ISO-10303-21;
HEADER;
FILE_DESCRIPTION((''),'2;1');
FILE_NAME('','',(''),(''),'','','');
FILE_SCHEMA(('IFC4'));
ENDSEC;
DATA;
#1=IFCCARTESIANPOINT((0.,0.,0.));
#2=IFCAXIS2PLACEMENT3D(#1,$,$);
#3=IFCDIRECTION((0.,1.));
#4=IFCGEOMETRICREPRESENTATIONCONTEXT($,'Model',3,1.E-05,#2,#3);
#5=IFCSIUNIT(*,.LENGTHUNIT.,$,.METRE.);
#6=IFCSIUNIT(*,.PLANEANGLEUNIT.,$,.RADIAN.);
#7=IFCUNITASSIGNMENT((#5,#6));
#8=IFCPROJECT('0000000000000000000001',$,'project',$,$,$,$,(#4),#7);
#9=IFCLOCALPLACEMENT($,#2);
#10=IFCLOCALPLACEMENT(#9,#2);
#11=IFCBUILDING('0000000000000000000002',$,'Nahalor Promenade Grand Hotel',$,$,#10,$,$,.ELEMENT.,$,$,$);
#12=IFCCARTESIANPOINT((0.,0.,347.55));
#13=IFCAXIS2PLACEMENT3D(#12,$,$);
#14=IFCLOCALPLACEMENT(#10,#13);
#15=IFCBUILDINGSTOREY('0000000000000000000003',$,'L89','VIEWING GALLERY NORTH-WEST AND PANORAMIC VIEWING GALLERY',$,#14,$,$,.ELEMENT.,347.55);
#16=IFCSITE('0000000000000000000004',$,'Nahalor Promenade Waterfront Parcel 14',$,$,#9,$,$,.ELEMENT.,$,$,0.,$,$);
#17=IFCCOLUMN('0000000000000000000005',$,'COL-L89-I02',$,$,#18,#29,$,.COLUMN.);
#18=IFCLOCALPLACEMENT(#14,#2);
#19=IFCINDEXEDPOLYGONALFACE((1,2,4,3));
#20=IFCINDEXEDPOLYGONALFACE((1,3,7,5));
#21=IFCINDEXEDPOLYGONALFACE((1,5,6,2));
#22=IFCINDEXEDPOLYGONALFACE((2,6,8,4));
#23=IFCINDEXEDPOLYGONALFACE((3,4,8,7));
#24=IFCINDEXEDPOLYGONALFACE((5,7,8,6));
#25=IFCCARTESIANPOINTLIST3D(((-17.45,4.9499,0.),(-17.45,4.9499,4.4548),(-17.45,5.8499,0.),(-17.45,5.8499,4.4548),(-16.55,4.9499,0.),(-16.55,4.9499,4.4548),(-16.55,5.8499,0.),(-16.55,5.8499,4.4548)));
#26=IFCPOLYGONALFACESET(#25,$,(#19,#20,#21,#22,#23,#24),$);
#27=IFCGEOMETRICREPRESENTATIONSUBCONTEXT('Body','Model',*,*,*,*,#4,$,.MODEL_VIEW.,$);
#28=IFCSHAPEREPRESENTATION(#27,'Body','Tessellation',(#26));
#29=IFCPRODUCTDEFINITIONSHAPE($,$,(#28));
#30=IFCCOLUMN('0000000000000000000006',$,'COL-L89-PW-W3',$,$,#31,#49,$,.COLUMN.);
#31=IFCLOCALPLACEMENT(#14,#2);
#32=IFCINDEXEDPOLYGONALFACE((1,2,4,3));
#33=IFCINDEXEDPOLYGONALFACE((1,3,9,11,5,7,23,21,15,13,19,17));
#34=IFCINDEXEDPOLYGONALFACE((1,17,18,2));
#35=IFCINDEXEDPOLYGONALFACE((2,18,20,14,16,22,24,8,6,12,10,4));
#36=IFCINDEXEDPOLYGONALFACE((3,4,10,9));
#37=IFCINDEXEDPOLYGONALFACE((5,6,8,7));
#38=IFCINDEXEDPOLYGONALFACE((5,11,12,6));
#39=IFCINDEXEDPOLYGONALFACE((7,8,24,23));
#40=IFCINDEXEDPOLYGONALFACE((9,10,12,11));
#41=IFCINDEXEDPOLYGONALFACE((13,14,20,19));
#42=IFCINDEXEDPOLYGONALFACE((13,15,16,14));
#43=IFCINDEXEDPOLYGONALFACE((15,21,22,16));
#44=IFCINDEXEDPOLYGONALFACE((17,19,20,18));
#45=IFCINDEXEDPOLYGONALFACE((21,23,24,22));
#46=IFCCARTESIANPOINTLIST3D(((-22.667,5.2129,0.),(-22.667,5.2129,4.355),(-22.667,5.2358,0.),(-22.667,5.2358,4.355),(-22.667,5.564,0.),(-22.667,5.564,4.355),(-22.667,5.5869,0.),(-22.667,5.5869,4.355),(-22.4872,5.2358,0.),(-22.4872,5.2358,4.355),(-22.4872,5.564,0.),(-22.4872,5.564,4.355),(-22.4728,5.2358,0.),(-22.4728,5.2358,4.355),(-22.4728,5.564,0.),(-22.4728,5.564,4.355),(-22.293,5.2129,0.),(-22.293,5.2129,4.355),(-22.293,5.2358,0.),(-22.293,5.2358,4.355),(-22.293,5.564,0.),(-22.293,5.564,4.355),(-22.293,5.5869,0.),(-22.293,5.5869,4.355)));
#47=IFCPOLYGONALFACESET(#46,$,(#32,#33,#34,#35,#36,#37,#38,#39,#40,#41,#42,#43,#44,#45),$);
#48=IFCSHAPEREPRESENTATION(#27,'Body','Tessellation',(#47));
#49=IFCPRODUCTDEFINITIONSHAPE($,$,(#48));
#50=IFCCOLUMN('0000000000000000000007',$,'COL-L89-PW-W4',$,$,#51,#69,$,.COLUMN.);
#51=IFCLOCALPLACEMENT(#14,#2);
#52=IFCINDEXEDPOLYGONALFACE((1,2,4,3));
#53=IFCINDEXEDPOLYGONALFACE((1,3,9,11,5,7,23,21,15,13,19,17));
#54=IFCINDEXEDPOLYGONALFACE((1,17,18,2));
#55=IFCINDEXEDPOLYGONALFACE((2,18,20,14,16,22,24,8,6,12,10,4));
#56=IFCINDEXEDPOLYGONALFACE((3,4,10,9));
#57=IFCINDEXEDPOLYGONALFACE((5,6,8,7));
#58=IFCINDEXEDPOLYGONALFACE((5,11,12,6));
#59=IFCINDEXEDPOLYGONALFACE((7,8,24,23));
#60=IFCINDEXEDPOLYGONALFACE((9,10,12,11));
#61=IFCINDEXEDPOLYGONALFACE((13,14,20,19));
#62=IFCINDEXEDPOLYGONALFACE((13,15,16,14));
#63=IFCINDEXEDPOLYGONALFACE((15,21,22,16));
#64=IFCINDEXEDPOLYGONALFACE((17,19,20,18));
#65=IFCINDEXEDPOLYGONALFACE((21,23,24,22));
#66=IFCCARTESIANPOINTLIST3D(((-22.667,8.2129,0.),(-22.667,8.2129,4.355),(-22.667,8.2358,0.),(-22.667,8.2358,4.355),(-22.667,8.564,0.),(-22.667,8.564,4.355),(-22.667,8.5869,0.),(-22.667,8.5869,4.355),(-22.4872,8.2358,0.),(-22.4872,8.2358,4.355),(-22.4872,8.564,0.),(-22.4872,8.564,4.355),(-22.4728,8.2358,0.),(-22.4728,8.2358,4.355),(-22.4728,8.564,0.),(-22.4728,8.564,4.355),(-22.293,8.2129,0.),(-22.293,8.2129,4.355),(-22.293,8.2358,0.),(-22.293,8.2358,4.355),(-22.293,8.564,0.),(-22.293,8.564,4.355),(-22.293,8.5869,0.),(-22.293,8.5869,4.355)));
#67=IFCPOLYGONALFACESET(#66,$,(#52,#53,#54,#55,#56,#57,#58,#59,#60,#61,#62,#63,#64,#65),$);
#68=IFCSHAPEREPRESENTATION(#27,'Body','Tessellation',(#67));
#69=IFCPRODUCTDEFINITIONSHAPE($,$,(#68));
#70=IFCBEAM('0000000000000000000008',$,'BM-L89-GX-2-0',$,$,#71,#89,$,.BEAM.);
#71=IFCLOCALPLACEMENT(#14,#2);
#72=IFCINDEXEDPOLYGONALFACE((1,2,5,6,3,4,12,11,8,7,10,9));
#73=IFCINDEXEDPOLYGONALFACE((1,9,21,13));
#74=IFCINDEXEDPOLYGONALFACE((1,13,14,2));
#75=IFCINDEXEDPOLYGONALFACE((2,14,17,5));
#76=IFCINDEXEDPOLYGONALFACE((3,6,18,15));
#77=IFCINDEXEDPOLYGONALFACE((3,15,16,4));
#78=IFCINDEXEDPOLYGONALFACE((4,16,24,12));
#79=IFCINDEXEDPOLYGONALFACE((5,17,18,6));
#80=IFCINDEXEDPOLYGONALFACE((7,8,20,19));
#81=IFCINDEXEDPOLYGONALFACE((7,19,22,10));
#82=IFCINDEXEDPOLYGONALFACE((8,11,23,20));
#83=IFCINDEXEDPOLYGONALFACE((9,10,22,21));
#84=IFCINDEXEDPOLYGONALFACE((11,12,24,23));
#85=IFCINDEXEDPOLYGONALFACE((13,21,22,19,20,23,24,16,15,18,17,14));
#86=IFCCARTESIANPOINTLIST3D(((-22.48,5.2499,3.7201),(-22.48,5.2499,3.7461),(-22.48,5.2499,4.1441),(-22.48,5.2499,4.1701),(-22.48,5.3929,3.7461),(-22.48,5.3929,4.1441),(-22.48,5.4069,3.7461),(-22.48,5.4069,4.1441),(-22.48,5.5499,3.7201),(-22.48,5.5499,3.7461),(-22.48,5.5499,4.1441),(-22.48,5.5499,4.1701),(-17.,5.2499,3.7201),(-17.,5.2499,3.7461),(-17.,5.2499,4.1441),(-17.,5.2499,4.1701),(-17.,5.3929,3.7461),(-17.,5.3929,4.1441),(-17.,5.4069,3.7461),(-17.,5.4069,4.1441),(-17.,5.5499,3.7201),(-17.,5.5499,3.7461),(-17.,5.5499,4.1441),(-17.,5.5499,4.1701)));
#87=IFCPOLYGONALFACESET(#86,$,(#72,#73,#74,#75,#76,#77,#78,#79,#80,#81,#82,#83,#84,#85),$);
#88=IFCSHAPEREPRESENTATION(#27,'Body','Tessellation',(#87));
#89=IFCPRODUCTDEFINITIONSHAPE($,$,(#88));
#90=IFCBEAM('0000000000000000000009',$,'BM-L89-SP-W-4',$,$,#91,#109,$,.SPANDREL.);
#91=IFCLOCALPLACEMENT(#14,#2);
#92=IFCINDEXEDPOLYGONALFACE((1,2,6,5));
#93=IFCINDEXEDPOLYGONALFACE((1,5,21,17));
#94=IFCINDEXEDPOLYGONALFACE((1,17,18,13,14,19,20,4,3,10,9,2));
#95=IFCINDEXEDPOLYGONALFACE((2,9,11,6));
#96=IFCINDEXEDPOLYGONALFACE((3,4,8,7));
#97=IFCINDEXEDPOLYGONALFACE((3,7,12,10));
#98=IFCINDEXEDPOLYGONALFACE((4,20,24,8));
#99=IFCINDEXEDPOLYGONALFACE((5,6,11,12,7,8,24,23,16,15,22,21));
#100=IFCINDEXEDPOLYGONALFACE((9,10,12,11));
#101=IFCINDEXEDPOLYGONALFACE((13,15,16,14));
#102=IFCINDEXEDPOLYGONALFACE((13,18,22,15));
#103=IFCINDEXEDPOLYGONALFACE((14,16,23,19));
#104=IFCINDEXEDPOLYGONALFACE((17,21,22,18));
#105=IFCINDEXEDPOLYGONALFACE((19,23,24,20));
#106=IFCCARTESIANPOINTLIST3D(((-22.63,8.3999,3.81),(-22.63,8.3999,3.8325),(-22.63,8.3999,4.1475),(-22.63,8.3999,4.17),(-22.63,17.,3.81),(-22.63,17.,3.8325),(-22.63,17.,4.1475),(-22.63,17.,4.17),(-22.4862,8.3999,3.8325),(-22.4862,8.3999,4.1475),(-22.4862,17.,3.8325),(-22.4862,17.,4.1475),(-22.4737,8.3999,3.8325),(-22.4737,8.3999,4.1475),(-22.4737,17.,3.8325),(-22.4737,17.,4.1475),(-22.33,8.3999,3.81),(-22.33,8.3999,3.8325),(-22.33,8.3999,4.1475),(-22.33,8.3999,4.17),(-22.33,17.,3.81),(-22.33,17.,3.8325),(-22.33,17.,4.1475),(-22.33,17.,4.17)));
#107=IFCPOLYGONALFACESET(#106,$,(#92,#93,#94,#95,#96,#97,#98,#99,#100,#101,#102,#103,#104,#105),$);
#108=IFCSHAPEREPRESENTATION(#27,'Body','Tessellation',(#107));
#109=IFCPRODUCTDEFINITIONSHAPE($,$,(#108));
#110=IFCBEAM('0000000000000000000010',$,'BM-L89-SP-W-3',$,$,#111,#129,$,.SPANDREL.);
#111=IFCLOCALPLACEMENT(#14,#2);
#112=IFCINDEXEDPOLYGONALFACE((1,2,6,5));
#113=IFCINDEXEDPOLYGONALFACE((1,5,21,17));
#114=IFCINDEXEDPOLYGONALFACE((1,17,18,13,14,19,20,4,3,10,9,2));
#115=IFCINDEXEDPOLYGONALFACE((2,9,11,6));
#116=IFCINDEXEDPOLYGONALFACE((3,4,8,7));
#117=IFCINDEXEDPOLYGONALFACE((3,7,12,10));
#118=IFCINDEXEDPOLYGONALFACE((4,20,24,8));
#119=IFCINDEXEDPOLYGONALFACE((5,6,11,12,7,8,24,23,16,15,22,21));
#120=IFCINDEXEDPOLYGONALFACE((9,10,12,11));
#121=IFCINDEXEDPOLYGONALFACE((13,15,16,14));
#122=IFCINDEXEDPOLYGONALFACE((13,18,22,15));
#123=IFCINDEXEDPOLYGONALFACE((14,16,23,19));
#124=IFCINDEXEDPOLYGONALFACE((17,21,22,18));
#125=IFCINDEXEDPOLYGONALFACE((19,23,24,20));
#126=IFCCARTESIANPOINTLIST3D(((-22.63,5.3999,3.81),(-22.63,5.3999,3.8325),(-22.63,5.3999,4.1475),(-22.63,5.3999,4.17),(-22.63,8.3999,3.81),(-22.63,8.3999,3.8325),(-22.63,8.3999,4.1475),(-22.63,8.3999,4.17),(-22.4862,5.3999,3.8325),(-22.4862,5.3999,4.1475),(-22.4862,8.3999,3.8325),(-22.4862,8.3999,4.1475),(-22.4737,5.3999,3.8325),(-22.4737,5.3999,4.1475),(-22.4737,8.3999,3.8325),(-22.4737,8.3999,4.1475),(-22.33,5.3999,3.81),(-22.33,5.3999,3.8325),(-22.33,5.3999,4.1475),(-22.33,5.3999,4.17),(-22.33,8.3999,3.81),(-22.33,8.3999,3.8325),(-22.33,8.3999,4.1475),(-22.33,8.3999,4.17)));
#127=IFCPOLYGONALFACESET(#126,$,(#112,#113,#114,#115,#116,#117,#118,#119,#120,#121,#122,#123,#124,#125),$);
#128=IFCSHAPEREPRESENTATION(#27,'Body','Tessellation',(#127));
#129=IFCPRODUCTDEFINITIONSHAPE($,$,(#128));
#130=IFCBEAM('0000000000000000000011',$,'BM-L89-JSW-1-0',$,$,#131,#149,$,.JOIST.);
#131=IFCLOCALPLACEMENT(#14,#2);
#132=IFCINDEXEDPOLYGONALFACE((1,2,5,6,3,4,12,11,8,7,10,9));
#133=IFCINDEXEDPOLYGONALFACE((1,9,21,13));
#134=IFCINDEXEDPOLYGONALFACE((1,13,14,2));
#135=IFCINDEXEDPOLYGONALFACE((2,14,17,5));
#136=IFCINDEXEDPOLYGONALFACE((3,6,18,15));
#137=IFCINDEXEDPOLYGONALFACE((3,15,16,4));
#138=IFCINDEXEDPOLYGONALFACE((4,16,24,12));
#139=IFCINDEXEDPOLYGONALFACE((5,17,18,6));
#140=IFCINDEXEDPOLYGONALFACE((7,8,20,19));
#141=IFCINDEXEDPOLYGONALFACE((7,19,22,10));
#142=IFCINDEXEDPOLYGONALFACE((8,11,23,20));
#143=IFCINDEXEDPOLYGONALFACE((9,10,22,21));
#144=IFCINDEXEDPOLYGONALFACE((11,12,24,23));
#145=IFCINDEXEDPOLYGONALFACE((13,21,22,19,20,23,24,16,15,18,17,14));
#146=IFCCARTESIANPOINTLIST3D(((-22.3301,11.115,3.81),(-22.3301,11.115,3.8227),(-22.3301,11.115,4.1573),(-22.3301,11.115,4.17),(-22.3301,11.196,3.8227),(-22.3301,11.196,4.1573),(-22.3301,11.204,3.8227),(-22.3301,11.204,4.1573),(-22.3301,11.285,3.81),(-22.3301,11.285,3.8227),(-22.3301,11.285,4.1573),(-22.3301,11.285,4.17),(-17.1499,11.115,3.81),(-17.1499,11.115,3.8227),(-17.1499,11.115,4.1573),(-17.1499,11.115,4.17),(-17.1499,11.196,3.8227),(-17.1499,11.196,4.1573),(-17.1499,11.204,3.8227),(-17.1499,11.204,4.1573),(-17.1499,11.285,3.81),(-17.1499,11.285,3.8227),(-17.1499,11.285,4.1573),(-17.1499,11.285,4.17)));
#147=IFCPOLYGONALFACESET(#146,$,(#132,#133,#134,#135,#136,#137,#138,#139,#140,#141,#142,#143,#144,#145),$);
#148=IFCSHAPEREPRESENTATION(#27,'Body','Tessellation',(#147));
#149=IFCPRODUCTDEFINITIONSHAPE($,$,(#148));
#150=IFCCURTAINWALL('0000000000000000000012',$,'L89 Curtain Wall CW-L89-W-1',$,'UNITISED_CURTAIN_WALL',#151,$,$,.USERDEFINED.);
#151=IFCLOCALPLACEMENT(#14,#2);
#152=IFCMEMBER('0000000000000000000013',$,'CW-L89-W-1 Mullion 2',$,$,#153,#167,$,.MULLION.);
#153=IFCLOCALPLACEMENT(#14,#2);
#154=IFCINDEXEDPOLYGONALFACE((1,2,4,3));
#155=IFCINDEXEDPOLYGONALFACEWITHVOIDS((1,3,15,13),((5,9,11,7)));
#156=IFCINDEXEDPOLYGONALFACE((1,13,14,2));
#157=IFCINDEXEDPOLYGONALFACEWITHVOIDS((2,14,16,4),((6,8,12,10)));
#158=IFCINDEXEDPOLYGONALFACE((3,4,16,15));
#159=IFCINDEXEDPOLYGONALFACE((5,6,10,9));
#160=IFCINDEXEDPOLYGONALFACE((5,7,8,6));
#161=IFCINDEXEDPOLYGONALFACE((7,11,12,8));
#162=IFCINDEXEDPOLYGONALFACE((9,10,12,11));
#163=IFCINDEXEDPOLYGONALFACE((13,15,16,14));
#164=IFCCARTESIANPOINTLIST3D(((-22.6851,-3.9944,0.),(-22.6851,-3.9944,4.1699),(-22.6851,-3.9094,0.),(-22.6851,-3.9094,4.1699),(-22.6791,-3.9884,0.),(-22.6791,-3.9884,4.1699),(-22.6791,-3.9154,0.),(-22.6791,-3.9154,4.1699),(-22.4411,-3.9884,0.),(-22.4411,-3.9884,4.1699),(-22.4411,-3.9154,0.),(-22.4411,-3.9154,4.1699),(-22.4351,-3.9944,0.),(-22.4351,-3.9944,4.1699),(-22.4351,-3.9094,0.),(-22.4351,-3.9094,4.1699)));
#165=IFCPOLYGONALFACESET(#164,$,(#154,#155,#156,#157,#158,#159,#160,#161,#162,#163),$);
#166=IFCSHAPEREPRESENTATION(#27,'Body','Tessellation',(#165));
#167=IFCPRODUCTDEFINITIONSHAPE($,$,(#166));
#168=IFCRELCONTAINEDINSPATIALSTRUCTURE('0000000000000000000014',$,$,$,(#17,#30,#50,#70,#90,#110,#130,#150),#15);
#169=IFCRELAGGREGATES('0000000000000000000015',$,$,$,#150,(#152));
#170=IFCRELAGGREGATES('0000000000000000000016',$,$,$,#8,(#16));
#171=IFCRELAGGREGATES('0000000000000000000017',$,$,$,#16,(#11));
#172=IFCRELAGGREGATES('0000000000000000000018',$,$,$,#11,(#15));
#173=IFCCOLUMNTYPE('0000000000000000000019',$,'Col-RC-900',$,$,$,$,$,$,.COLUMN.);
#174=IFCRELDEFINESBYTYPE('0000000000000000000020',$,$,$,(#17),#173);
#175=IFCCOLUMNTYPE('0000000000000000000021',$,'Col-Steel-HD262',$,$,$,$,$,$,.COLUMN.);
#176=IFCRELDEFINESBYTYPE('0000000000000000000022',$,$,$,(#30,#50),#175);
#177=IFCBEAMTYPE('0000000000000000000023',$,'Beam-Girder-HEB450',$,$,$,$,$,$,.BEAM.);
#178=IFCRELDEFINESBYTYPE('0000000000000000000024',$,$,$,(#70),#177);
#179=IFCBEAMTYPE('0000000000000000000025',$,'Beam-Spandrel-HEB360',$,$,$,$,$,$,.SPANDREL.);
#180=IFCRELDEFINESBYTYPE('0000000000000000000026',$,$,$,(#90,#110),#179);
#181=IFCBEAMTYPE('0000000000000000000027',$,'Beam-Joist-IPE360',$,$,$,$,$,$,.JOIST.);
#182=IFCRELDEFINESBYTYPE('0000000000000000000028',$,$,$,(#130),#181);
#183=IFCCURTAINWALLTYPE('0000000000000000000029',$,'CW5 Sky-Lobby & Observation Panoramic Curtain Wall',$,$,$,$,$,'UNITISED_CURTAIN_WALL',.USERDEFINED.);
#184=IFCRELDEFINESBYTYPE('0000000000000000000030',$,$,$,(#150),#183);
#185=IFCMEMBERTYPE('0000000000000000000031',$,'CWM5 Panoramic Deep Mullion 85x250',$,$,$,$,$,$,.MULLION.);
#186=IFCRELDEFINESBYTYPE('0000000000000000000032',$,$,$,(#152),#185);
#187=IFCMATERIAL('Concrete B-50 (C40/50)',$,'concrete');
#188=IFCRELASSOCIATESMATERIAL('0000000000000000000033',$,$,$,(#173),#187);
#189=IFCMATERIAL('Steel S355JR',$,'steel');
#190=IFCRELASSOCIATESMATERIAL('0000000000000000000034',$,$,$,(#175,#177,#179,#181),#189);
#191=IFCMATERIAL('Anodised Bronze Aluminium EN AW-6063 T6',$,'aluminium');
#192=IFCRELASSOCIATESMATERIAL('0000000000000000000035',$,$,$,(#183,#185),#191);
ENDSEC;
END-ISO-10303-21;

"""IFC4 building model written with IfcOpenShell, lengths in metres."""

from ifc_helpers import new_model, si_unit, direction, frame, origin, origin_2d, place, context, subcontext, project, spatial, rectangle, hollow_rectangle, i_section, extrude, source, transform, mapped, material, material_profile, profile_set, type_object, element, aggregate, save


model = new_model("IFC4")

# Units and contexts
model_context = context("Model", 3, precision=1e-05, world=origin(), true_north=direction((0.0, 1.0)))
body_context = subcontext(model_context, "Body", "Model", "MODEL_VIEW")
ifc_project = project(units=[si_unit("LENGTHUNIT", "METRE"), si_unit("PLANEANGLEUNIT", "RADIAN")], contexts=[model_context])

# Site, building, storey
site_placement = place(None, origin())
site = spatial("IfcSite", under=ifc_project, at=site_placement, Name="Nahalor Promenade Waterfront Parcel 14", CompositionType="ELEMENT", RefElevation=0.0)
building_placement = place(site_placement, origin())
building = spatial("IfcBuilding", under=site, at=building_placement, Name="Nahalor Promenade Grand Hotel", CompositionType="ELEMENT")
storey_placement = place(building_placement, frame((0.0, 0.0, 347.55)))
storey = spatial("IfcBuildingStorey", under=building, at=storey_placement, Name="L89", Description="VIEWING GALLERY NORTH-WEST AND PANORAMIC VIEWING GALLERY", CompositionType="ELEMENT", Elevation=347.55)

# Columns
ifc_material_1 = material(Name="Concrete B-50 (C40/50)", Category="concrete")
ifc_material_profile_1 = material_profile(ifc_material_1, rectangle(XDim=0.9, YDim=0.9, at=origin_2d()), Name="RC 900x900")
ifc_profile_set_1 = profile_set([ifc_material_profile_1], Name="Concrete B-50 (C40/50)")
column_type_1 = type_object("IfcColumnType", Name="Col-RC-900", PredefinedType="COLUMN", material=ifc_profile_set_1)
shared_shape_1 = source(origin(), body_context, "Body", "SweptSolid", [
    extrude(rectangle(XDim=0.9, YDim=0.9, at=origin_2d()), origin(), (0.0, 0.0, 1.0), 4.4548),
])
column_placement = place(storey_placement, frame((-17.0, 5.3999, 0.0), z_axis=(0.0, 0.0, 1.0), x_axis=(1.0, 0.0, 0.0)))
element("IfcColumn", 1, at=column_placement, inside=storey, type_object=column_type_1, Name="COL-L89-I02", PredefinedType="COLUMN", context=body_context, shape_type="MappedRepresentation", body=[
    mapped(shared_shape_1, transform((0.0, 0.0, 0.0), scale=1.0)),
])
ifc_material_2 = material(Name="Steel S355JR", Category="steel")
ifc_material_profile_2 = material_profile(ifc_material_2, i_section(OverallWidth=0.374, OverallDepth=0.374, WebThickness=0.0144, FlangeThickness=0.0229, at=origin_2d()), Name="HD 360x262")
ifc_profile_set_2 = profile_set([ifc_material_profile_2], Name="Steel S355JR")
column_type_2 = type_object("IfcColumnType", Name="Col-Steel-HD262", PredefinedType="COLUMN", material=ifc_profile_set_2)
shared_shape_2 = source(origin(), body_context, "Body", "SweptSolid", [
    extrude(i_section(OverallWidth=0.374, OverallDepth=0.374, WebThickness=0.0144, FlangeThickness=0.0229, at=origin_2d()), origin(), (0.0, 0.0, 1.0), 4.355),
])
for number, where, z_axis, x_axis, name in (
    (2, (-22.48, 5.3999, 0.0), (0.0, 0.0, 1.0), (1.0, 0.0, 0.0), "COL-L89-PW-W3"),
    (3, (-22.48, 8.3999, 0.0), (0.0, 0.0, 1.0), (1.0, 0.0, 0.0), "COL-L89-PW-W4"),
):
    element("IfcColumn", number, at=place(storey_placement, frame(where, z_axis=z_axis, x_axis=x_axis)), inside=storey, type_object=column_type_2, Name=name, PredefinedType="COLUMN", context=body_context, shape_type="MappedRepresentation", body=[
        mapped(shared_shape_2, transform((0.0, 0.0, 0.0), scale=1.0)),
    ])

# Beams
ifc_material_profile_3 = material_profile(ifc_material_2, i_section(OverallWidth=0.3, OverallDepth=0.45, WebThickness=0.014, FlangeThickness=0.026, at=origin_2d()), Name="HEB 450")
ifc_profile_set_3 = profile_set([ifc_material_profile_3], Name="Steel S355JR")
beam_type_1 = type_object("IfcBeamType", Name="Beam-Girder-HEB450", PredefinedType="BEAM", material=ifc_profile_set_3)
shared_shape_3 = source(origin(), body_context, "Body", "SweptSolid", [
    extrude(i_section(OverallWidth=0.3, OverallDepth=0.45, WebThickness=0.014, FlangeThickness=0.026, at=origin_2d()), origin(), (0.0, 0.0, 1.0), 5.48),
])
beam_1_placement = place(storey_placement, frame((-22.48, 5.3999, 3.9451), z_axis=(1.0, 0.0, 0.0), x_axis=(0.0, 1.0, 0.0)))
element("IfcBeam", 4, at=beam_1_placement, inside=storey, type_object=beam_type_1, Name="BM-L89-GX-2-0", PredefinedType="BEAM", context=body_context, shape_type="MappedRepresentation", body=[
    mapped(shared_shape_3, transform((0.0, 0.0, 0.0), scale=1.0)),
])
ifc_material_profile_4 = material_profile(ifc_material_2, i_section(OverallWidth=0.3, OverallDepth=0.36, WebThickness=0.0125, FlangeThickness=0.0225, at=origin_2d()), Name="HEB 360")
ifc_profile_set_4 = profile_set([ifc_material_profile_4], Name="Steel S355JR")
beam_type_2 = type_object("IfcBeamType", Name="Beam-Spandrel-HEB360", PredefinedType="SPANDREL", material=ifc_profile_set_4)
shared_shape_4 = source(origin(), body_context, "Body", "SweptSolid", [
    extrude(i_section(OverallWidth=0.3, OverallDepth=0.36, WebThickness=0.0125, FlangeThickness=0.0225, at=origin_2d()), origin(), (0.0, 0.0, 1.0), 8.6001),
])
beam_2_placement = place(storey_placement, frame((-22.48, 8.3999, 3.99), z_axis=(0.0, 1.0, 0.0), x_axis=(-1.0, 0.0, 0.0)))
element("IfcBeam", 5, at=beam_2_placement, inside=storey, type_object=beam_type_2, Name="BM-L89-SP-W-4", PredefinedType="SPANDREL", context=body_context, shape_type="MappedRepresentation", body=[
    mapped(shared_shape_4, transform((0.0, 0.0, 0.0), scale=1.0)),
])
shared_shape_5 = source(origin(), body_context, "Body", "SweptSolid", [
    extrude(i_section(OverallWidth=0.3, OverallDepth=0.36, WebThickness=0.0125, FlangeThickness=0.0225, at=origin_2d()), origin(), (0.0, 0.0, 1.0), 3.0),
])
beam_3_placement = place(storey_placement, frame((-22.48, 5.3999, 3.99), z_axis=(0.0, 1.0, 0.0), x_axis=(-1.0, 0.0, 0.0)))
element("IfcBeam", 6, at=beam_3_placement, inside=storey, type_object=beam_type_2, Name="BM-L89-SP-W-3", PredefinedType="SPANDREL", context=body_context, shape_type="MappedRepresentation", body=[
    mapped(shared_shape_5, transform((0.0, 0.0, 0.0), scale=1.0)),
])
ifc_material_profile_5 = material_profile(ifc_material_2, i_section(OverallWidth=0.17, OverallDepth=0.36, WebThickness=0.008, FlangeThickness=0.0127, at=origin_2d()), Name="IPE 360")
ifc_profile_set_5 = profile_set([ifc_material_profile_5], Name="Steel S355JR")
beam_type_3 = type_object("IfcBeamType", Name="Beam-Joist-IPE360", PredefinedType="JOIST", material=ifc_profile_set_5)
shared_shape_6 = source(origin(), body_context, "Body", "SweptSolid", [
    extrude(i_section(OverallWidth=0.17, OverallDepth=0.36, WebThickness=0.008, FlangeThickness=0.0127, at=origin_2d()), origin(), (0.0, 0.0, 1.0), 5.1802),
])
beam_4_placement = place(storey_placement, frame((-22.3301, 11.2, 3.99), z_axis=(1.0, 0.0, 0.0), x_axis=(0.0, 1.0, 0.0)))
element("IfcBeam", 7, at=beam_4_placement, inside=storey, type_object=beam_type_3, Name="BM-L89-JSW-1-0", PredefinedType="JOIST", context=body_context, shape_type="MappedRepresentation", body=[
    mapped(shared_shape_6, transform((0.0, 0.0, 0.0), scale=1.0)),
])

# Curtain wall, member
ifc_material_3 = material(Name="Anodised Bronze Aluminium EN AW-6063 T6", Category="aluminium")
curtain_wall_type = type_object("IfcCurtainWallType", Name="CW5 Sky-Lobby & Observation Panoramic Curtain Wall", ElementType="UNITISED_CURTAIN_WALL", PredefinedType="USERDEFINED", material=ifc_material_3)
curtain_wall_placement = place(storey_placement, origin())
curtain_wall = element("IfcCurtainWall", 8, at=curtain_wall_placement, inside=storey, type_object=curtain_wall_type, Name="L89 Curtain Wall CW-L89-W-1", ObjectType="UNITISED_CURTAIN_WALL", PredefinedType="USERDEFINED")
ifc_material_profile_6 = material_profile(ifc_material_3, hollow_rectangle(XDim=0.085, YDim=0.25, WallThickness=0.006, at=origin_2d()), Name="CWM 85x250x6")
ifc_profile_set_6 = profile_set([ifc_material_profile_6], Name="Anodised Bronze Aluminium EN AW-6063 T6")
member_type_1 = type_object("IfcMemberType", Name="CWM5 Panoramic Deep Mullion 85x250", PredefinedType="MULLION", material=ifc_profile_set_6)
shared_shape_7 = source(origin(), body_context, "Body", "SweptSolid", [
    extrude(hollow_rectangle(XDim=0.085, YDim=0.25, WallThickness=0.006, at=origin_2d()), origin(), (0.0, 0.0, 1.0), 4.1699),
])
member_1_placement = place(storey_placement, frame((-22.5601, -3.9519, 0.0), z_axis=(0.0, 0.0, 1.0), x_axis=(0.0, 1.0, 0.0)))
member_1 = element("IfcMember", 9, at=member_1_placement, type_object=member_type_1, Name="CW-L89-W-1 Mullion 2", PredefinedType="MULLION", context=body_context, shape_type="MappedRepresentation", body=[
    mapped(shared_shape_7, transform((0.0, 0.0, 0.0), scale=1.0)),
])
aggregate(curtain_wall, [member_1])

save(model, "model.ifc")
